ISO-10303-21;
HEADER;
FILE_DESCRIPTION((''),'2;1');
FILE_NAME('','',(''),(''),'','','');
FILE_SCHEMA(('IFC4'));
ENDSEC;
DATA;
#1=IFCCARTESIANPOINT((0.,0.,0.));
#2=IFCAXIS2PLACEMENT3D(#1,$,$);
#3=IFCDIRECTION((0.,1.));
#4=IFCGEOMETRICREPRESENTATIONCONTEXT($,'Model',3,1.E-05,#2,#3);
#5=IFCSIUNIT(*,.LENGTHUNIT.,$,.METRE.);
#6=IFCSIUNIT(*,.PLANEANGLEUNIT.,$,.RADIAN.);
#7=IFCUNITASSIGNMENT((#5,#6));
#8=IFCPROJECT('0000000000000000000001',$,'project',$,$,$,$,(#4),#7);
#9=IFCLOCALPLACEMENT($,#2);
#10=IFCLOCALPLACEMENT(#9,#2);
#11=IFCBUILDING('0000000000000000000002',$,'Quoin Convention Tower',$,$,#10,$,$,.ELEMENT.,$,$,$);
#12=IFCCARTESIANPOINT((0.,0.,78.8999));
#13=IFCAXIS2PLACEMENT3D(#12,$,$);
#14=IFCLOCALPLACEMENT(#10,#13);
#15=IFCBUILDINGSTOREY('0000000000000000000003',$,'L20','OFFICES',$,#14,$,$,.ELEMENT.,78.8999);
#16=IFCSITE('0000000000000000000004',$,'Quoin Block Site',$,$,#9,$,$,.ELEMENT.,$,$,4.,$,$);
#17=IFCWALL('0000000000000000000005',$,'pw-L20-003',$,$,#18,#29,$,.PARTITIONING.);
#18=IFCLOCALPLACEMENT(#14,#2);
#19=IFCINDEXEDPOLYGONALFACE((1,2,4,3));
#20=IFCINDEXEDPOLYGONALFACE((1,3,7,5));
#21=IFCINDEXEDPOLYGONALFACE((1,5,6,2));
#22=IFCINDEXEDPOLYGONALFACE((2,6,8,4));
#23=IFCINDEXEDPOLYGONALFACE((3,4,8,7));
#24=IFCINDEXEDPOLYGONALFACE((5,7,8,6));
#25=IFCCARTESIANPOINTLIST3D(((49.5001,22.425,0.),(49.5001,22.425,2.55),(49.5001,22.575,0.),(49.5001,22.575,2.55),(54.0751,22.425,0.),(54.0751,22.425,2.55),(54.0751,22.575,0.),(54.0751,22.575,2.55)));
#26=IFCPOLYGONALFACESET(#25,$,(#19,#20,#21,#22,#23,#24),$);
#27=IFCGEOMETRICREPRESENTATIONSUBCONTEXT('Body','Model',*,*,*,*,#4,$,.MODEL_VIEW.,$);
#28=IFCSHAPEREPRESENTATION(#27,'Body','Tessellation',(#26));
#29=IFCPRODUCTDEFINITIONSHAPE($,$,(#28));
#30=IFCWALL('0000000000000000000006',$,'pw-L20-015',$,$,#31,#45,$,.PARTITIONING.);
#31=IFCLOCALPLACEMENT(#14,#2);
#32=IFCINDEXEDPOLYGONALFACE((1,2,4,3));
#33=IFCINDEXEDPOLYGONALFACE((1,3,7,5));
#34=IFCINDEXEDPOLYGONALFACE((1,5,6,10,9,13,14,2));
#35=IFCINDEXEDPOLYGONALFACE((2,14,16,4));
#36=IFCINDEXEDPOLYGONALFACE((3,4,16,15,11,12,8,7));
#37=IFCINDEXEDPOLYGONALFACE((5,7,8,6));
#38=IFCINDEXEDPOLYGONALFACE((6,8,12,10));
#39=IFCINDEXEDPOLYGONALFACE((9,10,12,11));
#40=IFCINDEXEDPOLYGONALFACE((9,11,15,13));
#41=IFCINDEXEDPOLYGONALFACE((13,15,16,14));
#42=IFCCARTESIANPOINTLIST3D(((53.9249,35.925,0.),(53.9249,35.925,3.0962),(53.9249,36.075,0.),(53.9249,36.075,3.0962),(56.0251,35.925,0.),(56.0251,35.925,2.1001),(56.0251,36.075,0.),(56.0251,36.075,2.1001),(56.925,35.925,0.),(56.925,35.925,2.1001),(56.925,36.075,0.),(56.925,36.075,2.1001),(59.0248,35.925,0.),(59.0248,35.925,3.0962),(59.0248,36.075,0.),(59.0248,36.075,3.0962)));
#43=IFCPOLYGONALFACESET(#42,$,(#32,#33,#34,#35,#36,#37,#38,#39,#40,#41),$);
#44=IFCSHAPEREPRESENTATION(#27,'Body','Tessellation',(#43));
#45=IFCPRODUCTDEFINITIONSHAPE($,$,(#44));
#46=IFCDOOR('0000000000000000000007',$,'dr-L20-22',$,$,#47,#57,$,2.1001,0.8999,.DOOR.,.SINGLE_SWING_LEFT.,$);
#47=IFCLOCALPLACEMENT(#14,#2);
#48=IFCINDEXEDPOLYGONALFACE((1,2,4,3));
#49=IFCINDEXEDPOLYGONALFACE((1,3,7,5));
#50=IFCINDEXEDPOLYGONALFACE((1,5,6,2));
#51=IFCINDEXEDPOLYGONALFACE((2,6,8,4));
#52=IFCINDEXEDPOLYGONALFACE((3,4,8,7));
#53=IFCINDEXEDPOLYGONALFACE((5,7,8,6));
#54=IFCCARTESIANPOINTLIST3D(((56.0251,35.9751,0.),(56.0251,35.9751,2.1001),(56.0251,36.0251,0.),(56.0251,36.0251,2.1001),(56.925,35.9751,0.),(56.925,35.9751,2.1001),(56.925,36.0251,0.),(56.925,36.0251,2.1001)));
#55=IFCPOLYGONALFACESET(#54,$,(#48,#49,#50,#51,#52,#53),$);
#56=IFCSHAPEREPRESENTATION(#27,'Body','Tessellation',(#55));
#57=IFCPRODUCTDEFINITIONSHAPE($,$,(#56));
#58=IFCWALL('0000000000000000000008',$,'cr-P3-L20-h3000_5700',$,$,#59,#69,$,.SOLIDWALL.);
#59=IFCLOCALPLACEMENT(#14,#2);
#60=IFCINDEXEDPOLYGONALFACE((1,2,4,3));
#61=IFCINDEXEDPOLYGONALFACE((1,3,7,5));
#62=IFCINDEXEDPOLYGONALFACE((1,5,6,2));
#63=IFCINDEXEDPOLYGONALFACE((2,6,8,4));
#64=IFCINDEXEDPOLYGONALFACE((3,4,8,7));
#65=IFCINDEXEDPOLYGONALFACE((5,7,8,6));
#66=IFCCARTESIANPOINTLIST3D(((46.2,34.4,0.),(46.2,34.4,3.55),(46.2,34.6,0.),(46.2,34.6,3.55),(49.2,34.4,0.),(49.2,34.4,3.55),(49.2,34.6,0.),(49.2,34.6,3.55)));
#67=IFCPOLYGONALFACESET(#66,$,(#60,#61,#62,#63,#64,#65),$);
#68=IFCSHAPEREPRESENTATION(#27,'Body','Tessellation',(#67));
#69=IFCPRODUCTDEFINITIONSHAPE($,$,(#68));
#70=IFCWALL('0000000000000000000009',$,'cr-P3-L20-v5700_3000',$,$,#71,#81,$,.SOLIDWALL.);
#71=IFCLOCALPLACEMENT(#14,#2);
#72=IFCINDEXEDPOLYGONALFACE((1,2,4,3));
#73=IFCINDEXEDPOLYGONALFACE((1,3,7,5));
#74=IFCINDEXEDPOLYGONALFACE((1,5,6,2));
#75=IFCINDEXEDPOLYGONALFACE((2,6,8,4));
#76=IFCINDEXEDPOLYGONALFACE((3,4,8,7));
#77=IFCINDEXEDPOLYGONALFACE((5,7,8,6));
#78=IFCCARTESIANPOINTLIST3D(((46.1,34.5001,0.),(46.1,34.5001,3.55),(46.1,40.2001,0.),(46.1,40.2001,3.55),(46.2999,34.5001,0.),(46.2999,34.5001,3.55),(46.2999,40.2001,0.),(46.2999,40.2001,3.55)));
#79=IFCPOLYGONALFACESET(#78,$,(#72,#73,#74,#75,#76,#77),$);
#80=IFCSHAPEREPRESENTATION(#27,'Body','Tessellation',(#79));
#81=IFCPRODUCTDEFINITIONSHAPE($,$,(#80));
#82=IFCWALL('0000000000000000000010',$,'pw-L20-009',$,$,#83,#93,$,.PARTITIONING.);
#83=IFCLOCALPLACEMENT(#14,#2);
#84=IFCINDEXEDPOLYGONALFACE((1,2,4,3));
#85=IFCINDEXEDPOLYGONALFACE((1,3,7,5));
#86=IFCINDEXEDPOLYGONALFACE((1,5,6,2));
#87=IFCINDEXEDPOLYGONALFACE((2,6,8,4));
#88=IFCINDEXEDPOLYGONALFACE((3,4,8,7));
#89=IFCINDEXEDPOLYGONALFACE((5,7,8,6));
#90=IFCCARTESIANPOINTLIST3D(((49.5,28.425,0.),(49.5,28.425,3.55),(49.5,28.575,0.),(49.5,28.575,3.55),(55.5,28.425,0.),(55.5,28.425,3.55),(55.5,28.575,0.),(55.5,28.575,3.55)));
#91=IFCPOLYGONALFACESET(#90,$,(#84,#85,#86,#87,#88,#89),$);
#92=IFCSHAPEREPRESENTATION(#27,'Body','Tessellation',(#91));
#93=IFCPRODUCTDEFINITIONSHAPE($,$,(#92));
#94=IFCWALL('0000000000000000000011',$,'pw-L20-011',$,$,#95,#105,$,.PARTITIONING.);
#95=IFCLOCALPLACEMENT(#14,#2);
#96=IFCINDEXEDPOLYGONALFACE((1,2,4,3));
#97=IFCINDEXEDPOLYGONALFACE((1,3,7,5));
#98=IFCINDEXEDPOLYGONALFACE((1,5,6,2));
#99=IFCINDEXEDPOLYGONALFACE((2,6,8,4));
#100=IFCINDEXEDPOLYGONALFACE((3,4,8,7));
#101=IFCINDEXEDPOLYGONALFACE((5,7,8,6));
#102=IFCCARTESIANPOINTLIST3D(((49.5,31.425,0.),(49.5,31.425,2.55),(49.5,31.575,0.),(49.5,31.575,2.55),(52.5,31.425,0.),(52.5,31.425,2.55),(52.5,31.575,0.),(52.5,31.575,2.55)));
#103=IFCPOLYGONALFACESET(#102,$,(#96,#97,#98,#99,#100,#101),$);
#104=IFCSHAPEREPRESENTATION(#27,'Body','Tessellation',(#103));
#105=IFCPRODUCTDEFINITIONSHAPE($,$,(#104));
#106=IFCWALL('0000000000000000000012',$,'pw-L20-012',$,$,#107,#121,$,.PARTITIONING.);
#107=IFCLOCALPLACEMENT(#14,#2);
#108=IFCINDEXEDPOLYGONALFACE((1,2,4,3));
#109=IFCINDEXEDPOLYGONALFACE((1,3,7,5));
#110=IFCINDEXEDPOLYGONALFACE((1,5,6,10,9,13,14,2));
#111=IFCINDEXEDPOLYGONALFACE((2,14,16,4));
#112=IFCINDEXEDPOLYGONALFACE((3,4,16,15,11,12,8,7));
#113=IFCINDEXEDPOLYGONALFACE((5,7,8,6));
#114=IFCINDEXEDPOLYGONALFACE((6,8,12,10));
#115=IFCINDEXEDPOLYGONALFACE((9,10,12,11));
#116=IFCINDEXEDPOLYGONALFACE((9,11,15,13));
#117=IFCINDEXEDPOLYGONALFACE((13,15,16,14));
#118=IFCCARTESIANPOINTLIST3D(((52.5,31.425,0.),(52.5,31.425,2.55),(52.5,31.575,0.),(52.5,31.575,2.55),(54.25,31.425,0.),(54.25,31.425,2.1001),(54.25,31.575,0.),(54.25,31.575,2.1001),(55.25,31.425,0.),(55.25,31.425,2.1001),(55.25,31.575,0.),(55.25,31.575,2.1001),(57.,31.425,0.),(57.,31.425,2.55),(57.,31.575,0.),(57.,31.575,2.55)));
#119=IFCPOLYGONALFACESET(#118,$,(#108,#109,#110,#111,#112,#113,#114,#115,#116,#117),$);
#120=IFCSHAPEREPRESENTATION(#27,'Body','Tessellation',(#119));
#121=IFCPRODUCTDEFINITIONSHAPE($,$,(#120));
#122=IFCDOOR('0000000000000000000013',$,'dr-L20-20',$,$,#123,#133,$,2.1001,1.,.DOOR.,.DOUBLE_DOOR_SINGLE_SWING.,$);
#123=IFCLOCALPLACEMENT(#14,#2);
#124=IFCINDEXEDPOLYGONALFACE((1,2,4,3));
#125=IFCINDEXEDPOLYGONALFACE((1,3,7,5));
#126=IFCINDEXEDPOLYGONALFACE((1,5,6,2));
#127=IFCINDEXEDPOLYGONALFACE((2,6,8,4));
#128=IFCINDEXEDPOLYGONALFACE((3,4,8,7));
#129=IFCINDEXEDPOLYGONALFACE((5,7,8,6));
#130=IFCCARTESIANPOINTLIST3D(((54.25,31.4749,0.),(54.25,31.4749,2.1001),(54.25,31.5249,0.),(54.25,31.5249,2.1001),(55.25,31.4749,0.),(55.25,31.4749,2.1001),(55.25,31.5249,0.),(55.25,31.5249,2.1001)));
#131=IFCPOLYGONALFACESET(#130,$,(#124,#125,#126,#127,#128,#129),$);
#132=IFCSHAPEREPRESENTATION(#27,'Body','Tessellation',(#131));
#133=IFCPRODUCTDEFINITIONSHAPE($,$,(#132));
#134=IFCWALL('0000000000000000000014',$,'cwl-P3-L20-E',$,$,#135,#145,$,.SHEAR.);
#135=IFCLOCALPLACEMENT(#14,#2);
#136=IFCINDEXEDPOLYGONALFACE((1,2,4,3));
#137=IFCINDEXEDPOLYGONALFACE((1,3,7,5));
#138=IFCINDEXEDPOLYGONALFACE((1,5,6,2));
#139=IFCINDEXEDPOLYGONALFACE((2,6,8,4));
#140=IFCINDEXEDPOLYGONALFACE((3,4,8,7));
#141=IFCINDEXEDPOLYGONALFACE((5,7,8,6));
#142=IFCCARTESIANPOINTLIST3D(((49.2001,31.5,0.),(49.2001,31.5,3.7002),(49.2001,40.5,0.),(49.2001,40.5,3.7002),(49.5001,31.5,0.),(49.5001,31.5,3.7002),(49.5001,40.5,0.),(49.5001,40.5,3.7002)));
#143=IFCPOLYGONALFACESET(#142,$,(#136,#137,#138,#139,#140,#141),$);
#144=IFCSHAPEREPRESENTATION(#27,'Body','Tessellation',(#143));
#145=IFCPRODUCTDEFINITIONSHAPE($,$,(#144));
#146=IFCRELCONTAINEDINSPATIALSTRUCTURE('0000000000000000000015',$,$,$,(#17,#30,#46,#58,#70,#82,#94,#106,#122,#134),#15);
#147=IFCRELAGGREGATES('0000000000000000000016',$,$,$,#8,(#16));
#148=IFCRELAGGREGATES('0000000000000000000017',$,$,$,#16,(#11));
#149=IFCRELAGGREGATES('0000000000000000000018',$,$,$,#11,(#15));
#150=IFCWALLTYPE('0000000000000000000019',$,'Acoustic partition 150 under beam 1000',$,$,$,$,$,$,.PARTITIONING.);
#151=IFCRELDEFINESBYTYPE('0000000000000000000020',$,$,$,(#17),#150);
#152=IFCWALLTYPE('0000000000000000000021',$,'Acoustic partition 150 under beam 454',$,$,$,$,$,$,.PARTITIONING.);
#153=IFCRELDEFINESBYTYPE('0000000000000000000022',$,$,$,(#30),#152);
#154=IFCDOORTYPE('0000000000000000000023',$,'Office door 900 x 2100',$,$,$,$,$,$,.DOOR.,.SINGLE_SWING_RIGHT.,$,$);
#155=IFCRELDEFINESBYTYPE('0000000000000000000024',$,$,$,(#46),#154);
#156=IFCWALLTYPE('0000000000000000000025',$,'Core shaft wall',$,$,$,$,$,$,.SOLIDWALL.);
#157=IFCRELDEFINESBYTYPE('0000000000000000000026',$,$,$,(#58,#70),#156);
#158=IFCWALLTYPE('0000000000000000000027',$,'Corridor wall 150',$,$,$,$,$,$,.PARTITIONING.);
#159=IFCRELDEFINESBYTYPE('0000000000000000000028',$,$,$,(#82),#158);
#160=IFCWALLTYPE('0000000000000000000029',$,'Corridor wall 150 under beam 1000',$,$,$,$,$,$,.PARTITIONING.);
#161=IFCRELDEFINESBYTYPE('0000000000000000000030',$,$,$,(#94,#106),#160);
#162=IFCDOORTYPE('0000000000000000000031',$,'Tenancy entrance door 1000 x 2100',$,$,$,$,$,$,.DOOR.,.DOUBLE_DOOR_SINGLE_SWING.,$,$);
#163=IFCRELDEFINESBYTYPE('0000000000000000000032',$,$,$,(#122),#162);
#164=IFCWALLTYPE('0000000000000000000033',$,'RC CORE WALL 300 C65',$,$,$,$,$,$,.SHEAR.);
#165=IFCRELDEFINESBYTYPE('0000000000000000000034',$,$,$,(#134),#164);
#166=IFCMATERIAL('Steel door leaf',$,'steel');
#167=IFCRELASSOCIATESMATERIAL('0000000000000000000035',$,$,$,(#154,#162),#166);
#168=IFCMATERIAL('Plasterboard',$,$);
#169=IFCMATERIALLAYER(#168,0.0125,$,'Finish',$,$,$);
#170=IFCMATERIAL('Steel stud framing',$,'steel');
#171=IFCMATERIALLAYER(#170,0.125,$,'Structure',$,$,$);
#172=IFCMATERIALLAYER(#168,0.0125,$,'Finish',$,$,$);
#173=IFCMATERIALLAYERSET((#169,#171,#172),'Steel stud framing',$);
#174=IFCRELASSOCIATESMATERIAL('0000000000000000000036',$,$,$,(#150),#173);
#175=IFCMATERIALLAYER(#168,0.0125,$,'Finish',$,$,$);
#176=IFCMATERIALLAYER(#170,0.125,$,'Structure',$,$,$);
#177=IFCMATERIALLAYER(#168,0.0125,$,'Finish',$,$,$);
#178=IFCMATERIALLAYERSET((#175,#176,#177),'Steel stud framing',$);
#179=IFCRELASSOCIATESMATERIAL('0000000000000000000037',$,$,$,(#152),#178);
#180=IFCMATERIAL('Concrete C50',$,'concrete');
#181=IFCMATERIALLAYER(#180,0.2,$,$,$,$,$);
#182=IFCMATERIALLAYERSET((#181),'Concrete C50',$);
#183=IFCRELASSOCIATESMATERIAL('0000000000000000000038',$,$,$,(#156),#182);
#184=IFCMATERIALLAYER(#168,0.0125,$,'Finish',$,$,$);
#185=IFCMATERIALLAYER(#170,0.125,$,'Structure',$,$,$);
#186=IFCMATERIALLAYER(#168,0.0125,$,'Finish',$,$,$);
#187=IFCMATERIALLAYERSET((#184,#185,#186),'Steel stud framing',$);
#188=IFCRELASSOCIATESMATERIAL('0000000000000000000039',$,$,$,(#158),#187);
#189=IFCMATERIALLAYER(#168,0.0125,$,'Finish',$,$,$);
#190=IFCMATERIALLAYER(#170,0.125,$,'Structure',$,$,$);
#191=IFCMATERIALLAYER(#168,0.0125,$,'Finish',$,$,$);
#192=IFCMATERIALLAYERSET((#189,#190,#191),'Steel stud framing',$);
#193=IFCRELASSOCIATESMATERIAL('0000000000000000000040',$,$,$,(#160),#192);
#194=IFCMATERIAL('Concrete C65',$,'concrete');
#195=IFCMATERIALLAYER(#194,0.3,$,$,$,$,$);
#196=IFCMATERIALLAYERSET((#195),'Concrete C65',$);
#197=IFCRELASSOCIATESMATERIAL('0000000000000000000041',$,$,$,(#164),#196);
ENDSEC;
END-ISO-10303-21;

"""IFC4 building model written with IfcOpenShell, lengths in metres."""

from ifc_helpers import new_model, si_unit, direction, frame, frame_2d, origin, place, context, subcontext, project, spatial, rectangle, extrude, material, layer, layer_set, type_object, element, fill, save


model = new_model("IFC4")

# Units and contexts
model_context = context("Model", 3, precision=1e-05, world=origin(), true_north=direction((0.0, 1.0)))
body_context = subcontext(model_context, "Body", "Model", "MODEL_VIEW")
ifc_project = project(units=[si_unit("LENGTHUNIT", "METRE"), si_unit("PLANEANGLEUNIT", "RADIAN")], contexts=[model_context])

# Site, building, storey
site_placement = place(None, origin())
site = spatial("IfcSite", under=ifc_project, at=site_placement, Name="Quoin Block Site", CompositionType="ELEMENT", RefElevation=4.0)
building_placement = place(site_placement, origin())
building = spatial("IfcBuilding", under=site, at=building_placement, Name="Quoin Convention Tower", CompositionType="ELEMENT")
storey_placement = place(building_placement, frame((0.0, 0.0, 78.8999)))
storey = spatial("IfcBuildingStorey", under=building, at=storey_placement, Name="L20", Description="OFFICES", CompositionType="ELEMENT", Elevation=78.8999)

# Shared definitions
ifc_material_1 = material(Name="Concrete C65", Category="concrete")

# Shared definitions
ifc_material_2 = material(Name="Plasterboard")
ifc_material_3 = material(Name="Steel stud framing", Category="steel")

# Shared definitions
ifc_material_4 = material(Name="Steel door leaf", Category="steel")
door_type_1 = type_object("IfcDoorType", Name="Office door 900 x 2100", OperationType="SINGLE_SWING_RIGHT", PredefinedType="DOOR", material=ifc_material_4)

# Wall
ifc_layer_1 = layer(ifc_material_2, 0.0125, Name="Finish")
ifc_layer_2 = layer(ifc_material_3, 0.125, Name="Structure")
ifc_layer_3 = layer(ifc_material_2, 0.0125, Name="Finish")
ifc_layer_set_1 = layer_set([ifc_layer_1, ifc_layer_2, ifc_layer_3], Name="Steel stud framing")
wall_type_1 = type_object("IfcWallType", Name="Acoustic partition 150 under beam 1000", PredefinedType="PARTITIONING", material=ifc_layer_set_1)
wall_1_placement = place(storey_placement, frame((49.5, 22.5, 0.0), z_axis=(0.0, 0.0, 1.0), x_axis=(1.0, 0.0, 0.0)))
element("IfcWall", 1, at=wall_1_placement, inside=storey, type_object=wall_type_1, Name="pw-L20-003", PredefinedType="PARTITIONING", context=body_context, shape_type="SweptSolid", body=[
    extrude(rectangle(XDim=4.575, YDim=0.1499, at=frame_2d((2.2876, 0.0))), origin(), (0.0, 0.0, 1.0), 2.55),
])

# Wall, opening, door
ifc_layer_4 = layer(ifc_material_2, 0.0125, Name="Finish")
ifc_layer_5 = layer(ifc_material_3, 0.125, Name="Structure")
ifc_layer_6 = layer(ifc_material_2, 0.0125, Name="Finish")
ifc_layer_set_2 = layer_set([ifc_layer_4, ifc_layer_5, ifc_layer_6], Name="Steel stud framing")
wall_type_2 = type_object("IfcWallType", Name="Acoustic partition 150 under beam 454", PredefinedType="PARTITIONING", material=ifc_layer_set_2)
wall_2_placement = place(storey_placement, frame((53.925, 36.0, 0.0), z_axis=(0.0, 0.0, 1.0), x_axis=(1.0, 0.0, 0.0)))
wall_2 = element("IfcWall", 2, at=wall_2_placement, inside=storey, type_object=wall_type_2, Name="pw-L20-015", PredefinedType="PARTITIONING", context=body_context, shape_type="SweptSolid", body=[
    extrude(rectangle(XDim=5.0999, YDim=0.1499, at=frame_2d((2.5498, 0.0))), origin(), (0.0, 0.0, 1.0), 3.0962),
])
opening_1_placement = place(wall_2_placement, frame((2.1001, 0.0, 0.0)))
opening_1 = element("IfcOpeningElement", 3, at=opening_1_placement, cuts=wall_2, PredefinedType="OPENING", context=body_context, shape_type="SweptSolid", body=[
    extrude(rectangle(XDim=0.8999, YDim=2.1001, at=frame_2d((0.45, 1.05))), frame((0.0, 0.085, 0.0), z_axis=(0.0, -1.0, 0.0), x_axis=(1.0, 0.0, 0.0)), (0.0, 0.0, 1.0), 0.1699),
])
door_1_placement = place(opening_1_placement, frame((0.8999, 0.0, 0.0), z_axis=(0.0, 0.0, 1.0), x_axis=(-1.0, 0.0, 0.0)))
door_1 = element("IfcDoor", 4, at=door_1_placement, inside=storey, type_object=door_type_1, Name="dr-L20-22", OperationType="SINGLE_SWING_LEFT", OverallHeight=2.1001, OverallWidth=0.8999, PredefinedType="DOOR", context=body_context, shape_type="SweptSolid", body=[
    extrude(rectangle(XDim=0.8999, YDim=2.1001, at=frame_2d((0.45, 1.05))), frame((0.0, 0.0249, 0.0), z_axis=(0.0, -1.0, 0.0), x_axis=(1.0, 0.0, 0.0)), (0.0, 0.0, 1.0), 0.05),
])
fill(opening_1, door_1)

# Walls
ifc_material_5 = material(Name="Concrete C50", Category="concrete")
ifc_layer_7 = layer(ifc_material_5, 0.2)
ifc_layer_set_3 = layer_set([ifc_layer_7], Name="Concrete C50")
wall_type_3 = type_object("IfcWallType", Name="Core shaft wall", PredefinedType="SOLIDWALL", material=ifc_layer_set_3)
wall_3_placement = place(storey_placement, frame((46.2, 34.5, 0.0), z_axis=(0.0, 0.0, 1.0), x_axis=(1.0, 0.0, 0.0)))
element("IfcWall", 5, at=wall_3_placement, inside=storey, type_object=wall_type_3, Name="cr-P3-L20-h3000_5700", PredefinedType="SOLIDWALL", context=body_context, shape_type="SweptSolid", body=[
    extrude(rectangle(XDim=3.0, YDim=0.2, at=frame_2d((1.5, 0.0))), origin(), (0.0, 0.0, 1.0), 3.55),
])
wall_4_placement = place(storey_placement, frame((46.2, 34.5, 0.0), z_axis=(0.0, 0.0, 1.0), x_axis=(0.0, 1.0, 0.0)))
element("IfcWall", 6, at=wall_4_placement, inside=storey, type_object=wall_type_3, Name="cr-P3-L20-v5700_3000", PredefinedType="SOLIDWALL", context=body_context, shape_type="SweptSolid", body=[
    extrude(rectangle(XDim=5.7, YDim=0.2, at=frame_2d((2.8501, 0.0))), origin(), (0.0, 0.0, 1.0), 3.55),
])
ifc_layer_8 = layer(ifc_material_2, 0.0125, Name="Finish")
ifc_layer_9 = layer(ifc_material_3, 0.125, Name="Structure")
ifc_layer_10 = layer(ifc_material_2, 0.0125, Name="Finish")
ifc_layer_set_4 = layer_set([ifc_layer_8, ifc_layer_9, ifc_layer_10], Name="Steel stud framing")
wall_type_4 = type_object("IfcWallType", Name="Corridor wall 150", PredefinedType="PARTITIONING", material=ifc_layer_set_4)
wall_5_placement = place(storey_placement, frame((49.5, 28.5, 0.0), z_axis=(0.0, 0.0, 1.0), x_axis=(1.0, 0.0, 0.0)))
element("IfcWall", 7, at=wall_5_placement, inside=storey, type_object=wall_type_4, Name="pw-L20-009", PredefinedType="PARTITIONING", context=body_context, shape_type="SweptSolid", body=[
    extrude(rectangle(XDim=6.0, YDim=0.1499, at=frame_2d((3.0, 0.0))), origin(), (0.0, 0.0, 1.0), 3.55),
])
ifc_layer_11 = layer(ifc_material_2, 0.0125, Name="Finish")
ifc_layer_12 = layer(ifc_material_3, 0.125, Name="Structure")
ifc_layer_13 = layer(ifc_material_2, 0.0125, Name="Finish")
ifc_layer_set_5 = layer_set([ifc_layer_11, ifc_layer_12, ifc_layer_13], Name="Steel stud framing")
wall_type_5 = type_object("IfcWallType", Name="Corridor wall 150 under beam 1000", PredefinedType="PARTITIONING", material=ifc_layer_set_5)
wall_6_placement = place(storey_placement, frame((49.5, 31.5, 0.0), z_axis=(0.0, 0.0, 1.0), x_axis=(1.0, 0.0, 0.0)))
element("IfcWall", 8, at=wall_6_placement, inside=storey, type_object=wall_type_5, Name="pw-L20-011", PredefinedType="PARTITIONING", context=body_context, shape_type="SweptSolid", body=[
    extrude(rectangle(XDim=3.0, YDim=0.1499, at=frame_2d((1.5, 0.0))), origin(), (0.0, 0.0, 1.0), 2.55),
])

# Wall, opening, door
wall_7_placement = place(storey_placement, frame((52.5, 31.5, 0.0), z_axis=(0.0, 0.0, 1.0), x_axis=(1.0, 0.0, 0.0)))
wall_7 = element("IfcWall", 9, at=wall_7_placement, inside=storey, type_object=wall_type_5, Name="pw-L20-012", PredefinedType="PARTITIONING", context=body_context, shape_type="SweptSolid", body=[
    extrude(rectangle(XDim=4.5, YDim=0.1499, at=frame_2d((2.25, 0.0))), origin(), (0.0, 0.0, 1.0), 2.55),
])
opening_2_placement = place(wall_7_placement, frame((1.75, 0.0, 0.0)))
opening_2 = element("IfcOpeningElement", 10, at=opening_2_placement, cuts=wall_7, PredefinedType="OPENING", context=body_context, shape_type="SweptSolid", body=[
    extrude(rectangle(XDim=1.0, YDim=2.1001, at=frame_2d((0.5, 1.05))), frame((0.0, 0.085, 0.0), z_axis=(0.0, -1.0, 0.0), x_axis=(1.0, 0.0, 0.0)), (0.0, 0.0, 1.0), 0.1699),
])
door_type_2 = type_object("IfcDoorType", Name="Tenancy entrance door 1000 x 2100", OperationType="DOUBLE_DOOR_SINGLE_SWING", PredefinedType="DOOR", material=ifc_material_4)
door_2_placement = place(opening_2_placement, origin())
door_2 = element("IfcDoor", 11, at=door_2_placement, inside=storey, type_object=door_type_2, Name="dr-L20-20", OperationType="DOUBLE_DOOR_SINGLE_SWING", OverallHeight=2.1001, OverallWidth=1.0, PredefinedType="DOOR", context=body_context, shape_type="SweptSolid", body=[
    extrude(rectangle(XDim=1.0, YDim=2.1001, at=frame_2d((0.5, 1.05))), frame((0.0, 0.0249, 0.0), z_axis=(0.0, -1.0, 0.0), x_axis=(1.0, 0.0, 0.0)), (0.0, 0.0, 1.0), 0.05),
])
fill(opening_2, door_2)

# Wall
ifc_layer_14 = layer(ifc_material_1, 0.3)
ifc_layer_set_6 = layer_set([ifc_layer_14], Name="Concrete C65")
wall_type_6 = type_object("IfcWallType", Name="RC CORE WALL 300 C65", PredefinedType="SHEAR", material=ifc_layer_set_6)
wall_8_placement = place(storey_placement, frame((49.3501, 31.5, 0.0), z_axis=(0.0, 0.0, 1.0), x_axis=(0.0, 1.0, 0.0)))
element("IfcWall", 12, at=wall_8_placement, inside=storey, type_object=wall_type_6, Name="cwl-P3-L20-E", PredefinedType="SHEAR", context=body_context, shape_type="SweptSolid", body=[
    extrude(rectangle(XDim=9.0, YDim=0.3, at=frame_2d((4.5, 0.0))), origin(), (0.0, 0.0, 1.0), 3.7002),
])

save(model, "model.ifc")
